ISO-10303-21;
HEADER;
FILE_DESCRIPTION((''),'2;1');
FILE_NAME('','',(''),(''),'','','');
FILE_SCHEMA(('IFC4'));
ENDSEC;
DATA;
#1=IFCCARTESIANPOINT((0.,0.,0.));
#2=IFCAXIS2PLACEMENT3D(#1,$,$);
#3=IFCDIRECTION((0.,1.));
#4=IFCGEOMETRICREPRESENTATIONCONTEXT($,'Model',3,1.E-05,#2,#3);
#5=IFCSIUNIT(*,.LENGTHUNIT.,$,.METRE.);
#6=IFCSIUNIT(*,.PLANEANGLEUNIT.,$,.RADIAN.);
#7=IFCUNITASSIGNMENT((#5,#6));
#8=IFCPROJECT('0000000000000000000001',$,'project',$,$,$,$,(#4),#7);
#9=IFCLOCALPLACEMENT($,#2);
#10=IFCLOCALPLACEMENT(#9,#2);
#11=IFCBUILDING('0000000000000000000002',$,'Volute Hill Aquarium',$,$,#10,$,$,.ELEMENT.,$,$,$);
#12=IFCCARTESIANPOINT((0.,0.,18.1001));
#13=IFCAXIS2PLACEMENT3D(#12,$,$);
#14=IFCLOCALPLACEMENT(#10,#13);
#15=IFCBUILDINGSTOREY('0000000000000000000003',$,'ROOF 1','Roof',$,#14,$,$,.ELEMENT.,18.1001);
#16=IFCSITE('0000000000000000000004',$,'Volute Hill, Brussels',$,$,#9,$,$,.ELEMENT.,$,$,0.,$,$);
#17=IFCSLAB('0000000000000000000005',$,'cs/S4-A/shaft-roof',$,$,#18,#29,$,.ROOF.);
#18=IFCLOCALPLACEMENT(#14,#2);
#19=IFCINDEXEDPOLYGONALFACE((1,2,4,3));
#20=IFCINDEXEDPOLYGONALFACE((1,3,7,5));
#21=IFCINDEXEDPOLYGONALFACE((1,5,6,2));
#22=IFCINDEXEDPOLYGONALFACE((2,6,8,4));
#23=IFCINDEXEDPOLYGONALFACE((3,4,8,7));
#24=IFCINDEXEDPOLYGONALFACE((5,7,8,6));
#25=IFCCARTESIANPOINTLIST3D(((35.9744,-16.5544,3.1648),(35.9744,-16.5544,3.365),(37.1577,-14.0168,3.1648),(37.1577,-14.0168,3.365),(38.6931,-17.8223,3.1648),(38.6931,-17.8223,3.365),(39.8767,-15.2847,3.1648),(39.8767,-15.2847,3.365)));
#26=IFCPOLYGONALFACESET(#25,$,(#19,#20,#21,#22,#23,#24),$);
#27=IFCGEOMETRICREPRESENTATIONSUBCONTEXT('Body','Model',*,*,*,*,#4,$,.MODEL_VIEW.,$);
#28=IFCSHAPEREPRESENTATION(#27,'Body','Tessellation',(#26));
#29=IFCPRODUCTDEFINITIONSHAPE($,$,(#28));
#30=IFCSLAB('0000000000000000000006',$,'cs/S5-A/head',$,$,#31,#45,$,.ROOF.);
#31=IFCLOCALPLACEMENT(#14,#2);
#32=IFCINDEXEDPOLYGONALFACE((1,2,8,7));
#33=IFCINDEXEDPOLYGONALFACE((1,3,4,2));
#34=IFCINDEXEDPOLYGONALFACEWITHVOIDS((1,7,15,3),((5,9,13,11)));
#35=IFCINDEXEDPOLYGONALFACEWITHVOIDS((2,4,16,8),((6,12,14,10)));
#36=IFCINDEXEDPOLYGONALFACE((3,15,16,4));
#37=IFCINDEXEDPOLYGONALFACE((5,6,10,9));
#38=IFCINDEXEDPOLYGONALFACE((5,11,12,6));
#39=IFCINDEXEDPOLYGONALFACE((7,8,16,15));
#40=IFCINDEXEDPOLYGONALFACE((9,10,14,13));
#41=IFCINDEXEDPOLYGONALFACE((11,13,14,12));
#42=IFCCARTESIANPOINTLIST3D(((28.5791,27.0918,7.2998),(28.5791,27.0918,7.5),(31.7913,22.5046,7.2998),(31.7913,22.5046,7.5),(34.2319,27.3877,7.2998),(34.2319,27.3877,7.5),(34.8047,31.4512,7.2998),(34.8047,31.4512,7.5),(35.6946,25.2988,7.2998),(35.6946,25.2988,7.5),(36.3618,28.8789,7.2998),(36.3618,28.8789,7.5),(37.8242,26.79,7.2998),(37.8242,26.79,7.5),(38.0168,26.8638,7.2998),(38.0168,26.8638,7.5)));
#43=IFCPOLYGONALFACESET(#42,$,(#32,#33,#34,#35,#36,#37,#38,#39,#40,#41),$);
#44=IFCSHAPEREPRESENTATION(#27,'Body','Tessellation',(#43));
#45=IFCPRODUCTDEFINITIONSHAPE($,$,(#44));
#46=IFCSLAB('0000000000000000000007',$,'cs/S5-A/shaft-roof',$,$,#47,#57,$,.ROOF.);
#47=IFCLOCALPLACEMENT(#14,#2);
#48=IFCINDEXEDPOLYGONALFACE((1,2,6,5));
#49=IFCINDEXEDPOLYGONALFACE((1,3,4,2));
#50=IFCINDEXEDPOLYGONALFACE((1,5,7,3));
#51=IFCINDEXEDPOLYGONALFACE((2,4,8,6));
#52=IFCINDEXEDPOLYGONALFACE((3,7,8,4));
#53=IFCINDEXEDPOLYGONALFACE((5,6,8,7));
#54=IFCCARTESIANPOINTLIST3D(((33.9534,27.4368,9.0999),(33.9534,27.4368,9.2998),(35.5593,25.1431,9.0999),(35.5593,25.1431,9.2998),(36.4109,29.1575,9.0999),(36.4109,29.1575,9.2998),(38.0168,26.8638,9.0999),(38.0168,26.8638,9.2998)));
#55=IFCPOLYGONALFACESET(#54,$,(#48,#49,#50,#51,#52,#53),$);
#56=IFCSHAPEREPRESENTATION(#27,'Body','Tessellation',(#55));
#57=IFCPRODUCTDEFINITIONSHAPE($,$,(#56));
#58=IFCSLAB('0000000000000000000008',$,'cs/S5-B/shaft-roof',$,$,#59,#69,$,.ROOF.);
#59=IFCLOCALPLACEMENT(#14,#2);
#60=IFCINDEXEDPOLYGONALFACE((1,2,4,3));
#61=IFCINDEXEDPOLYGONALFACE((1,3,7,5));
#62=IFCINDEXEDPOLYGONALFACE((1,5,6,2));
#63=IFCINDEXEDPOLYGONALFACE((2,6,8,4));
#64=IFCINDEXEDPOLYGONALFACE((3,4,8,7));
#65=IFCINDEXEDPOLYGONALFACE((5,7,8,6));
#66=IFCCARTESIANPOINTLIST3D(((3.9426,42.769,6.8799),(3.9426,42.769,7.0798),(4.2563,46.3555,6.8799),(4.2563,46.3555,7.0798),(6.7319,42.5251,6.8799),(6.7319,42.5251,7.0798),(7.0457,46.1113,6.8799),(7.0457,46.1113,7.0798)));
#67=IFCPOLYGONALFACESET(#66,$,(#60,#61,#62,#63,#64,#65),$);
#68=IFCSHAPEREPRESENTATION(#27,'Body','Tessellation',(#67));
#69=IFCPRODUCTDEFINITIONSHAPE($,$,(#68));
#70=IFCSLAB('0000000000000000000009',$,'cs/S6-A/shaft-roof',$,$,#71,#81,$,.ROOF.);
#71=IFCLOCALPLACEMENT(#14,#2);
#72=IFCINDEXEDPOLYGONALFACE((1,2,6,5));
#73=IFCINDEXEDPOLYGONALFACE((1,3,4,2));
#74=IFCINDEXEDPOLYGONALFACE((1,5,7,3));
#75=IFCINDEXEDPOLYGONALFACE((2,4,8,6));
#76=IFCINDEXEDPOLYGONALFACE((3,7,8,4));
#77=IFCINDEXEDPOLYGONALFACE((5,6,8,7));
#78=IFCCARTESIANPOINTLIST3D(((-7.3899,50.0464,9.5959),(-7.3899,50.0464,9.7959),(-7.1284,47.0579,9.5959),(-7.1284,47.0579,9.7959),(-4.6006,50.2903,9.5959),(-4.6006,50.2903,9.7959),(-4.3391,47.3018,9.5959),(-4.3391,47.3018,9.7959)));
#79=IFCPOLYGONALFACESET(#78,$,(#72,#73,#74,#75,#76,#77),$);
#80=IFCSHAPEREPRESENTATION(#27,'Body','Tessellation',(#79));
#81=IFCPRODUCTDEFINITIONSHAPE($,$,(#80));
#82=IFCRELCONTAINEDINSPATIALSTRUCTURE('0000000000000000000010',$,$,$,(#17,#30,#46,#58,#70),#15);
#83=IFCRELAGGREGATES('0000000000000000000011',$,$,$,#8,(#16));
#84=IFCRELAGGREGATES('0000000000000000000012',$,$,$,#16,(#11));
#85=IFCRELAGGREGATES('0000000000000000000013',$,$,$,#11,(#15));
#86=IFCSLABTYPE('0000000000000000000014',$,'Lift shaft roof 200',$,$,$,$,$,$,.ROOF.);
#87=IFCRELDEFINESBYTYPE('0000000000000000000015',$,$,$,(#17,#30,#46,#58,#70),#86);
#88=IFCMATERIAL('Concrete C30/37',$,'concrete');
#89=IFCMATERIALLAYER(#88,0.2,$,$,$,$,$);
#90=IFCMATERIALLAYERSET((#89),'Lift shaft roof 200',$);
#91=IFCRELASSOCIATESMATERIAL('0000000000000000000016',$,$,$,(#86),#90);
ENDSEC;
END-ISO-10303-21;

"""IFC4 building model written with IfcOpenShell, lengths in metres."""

from ifc_helpers import new_model, si_unit, direction, frame, origin, place, context, subcontext, project, spatial, polyline, outline, extrude, material, layer, layer_set, type_object, element, save


model = new_model("IFC4")

# Units and contexts
model_context = context("Model", 3, precision=1e-05, world=origin(), true_north=direction((0.0, 1.0)))
body_context = subcontext(model_context, "Body", "Model", "MODEL_VIEW")
ifc_project = project(units=[si_unit("LENGTHUNIT", "METRE"), si_unit("PLANEANGLEUNIT", "RADIAN")], contexts=[model_context])

# Site, building, storey
site_placement = place(None, origin())
site = spatial("IfcSite", under=ifc_project, at=site_placement, Name="Volute Hill, Brussels", CompositionType="ELEMENT", RefElevation=0.0)
building_placement = place(site_placement, origin())
building = spatial("IfcBuilding", under=site, at=building_placement, Name="Volute Hill Aquarium", CompositionType="ELEMENT")
storey_placement = place(building_placement, frame((0.0, 0.0, 18.1001)))
storey = spatial("IfcBuildingStorey", under=building, at=storey_placement, Name="ROOF 1", Description="Roof", CompositionType="ELEMENT", Elevation=18.1001)

# Slabs
ifc_material_1 = material(Name="Concrete C30/37", Category="concrete")
ifc_layer = layer(ifc_material_1, 0.2)
ifc_layer_set = layer_set([ifc_layer], Name="Lift shaft roof 200")
slab_type = type_object("IfcSlabType", Name="Lift shaft roof 200", PredefinedType="ROOF", material=ifc_layer_set)
slab_1_placement = place(storey_placement, frame((0.0, 0.0, 3.1648)))
element("IfcSlab", 1, at=slab_1_placement, inside=storey, type_object=slab_type, Name="cs/S4-A/shaft-roof", PredefinedType="ROOF", context=body_context, shape_type="SweptSolid", body=[
    extrude(outline(polyline([(35.9744, -16.5544), (38.6931, -17.8223), (39.8767, -15.2847), (37.1577, -14.0168), (35.9744, -16.5544)])), origin(), (0.0, 0.0, 1.0), 0.2002),
])
slab_2_placement = place(storey_placement, frame((0.0, 0.0, 7.2998)))
element("IfcSlab", 2, at=slab_2_placement, inside=storey, type_object=slab_type, Name="cs/S5-A/head", PredefinedType="ROOF", context=body_context, shape_type="SweptSolid", body=[
    extrude(outline(polyline([(31.7913, 22.5046), (38.0168, 26.8638), (34.8047, 31.4512), (28.5791, 27.0918), (31.7913, 22.5046)]), holes=[polyline([(34.2319, 27.3877), (36.3618, 28.8789), (37.8242, 26.79), (35.6946, 25.2988), (34.2319, 27.3877)])]), origin(), (0.0, 0.0, 1.0), 0.2002),
])
slab_3_placement = place(storey_placement, frame((0.0, 0.0, 9.0999)))
element("IfcSlab", 3, at=slab_3_placement, inside=storey, type_object=slab_type, Name="cs/S5-A/shaft-roof", PredefinedType="ROOF", context=body_context, shape_type="SweptSolid", body=[
    extrude(outline(polyline([(35.5593, 25.1431), (38.0168, 26.8638), (36.4109, 29.1575), (33.9534, 27.4368), (35.5593, 25.1431)])), origin(), (0.0, 0.0, 1.0), 0.2),
])
slab_4_placement = place(storey_placement, frame((0.0, 0.0, 6.8799)))
element("IfcSlab", 4, at=slab_4_placement, inside=storey, type_object=slab_type, Name="cs/S5-B/shaft-roof", PredefinedType="ROOF", context=body_context, shape_type="SweptSolid", body=[
    extrude(outline(polyline([(6.7319, 42.5251), (7.0457, 46.1113), (4.2563, 46.3555), (3.9426, 42.769), (6.7319, 42.5251)])), origin(), (0.0, 0.0, 1.0), 0.2),
])
slab_5_placement = place(storey_placement, frame((0.0, 0.0, 9.5959)))
element("IfcSlab", 5, at=slab_5_placement, inside=storey, type_object=slab_type, Name="cs/S6-A/shaft-roof", PredefinedType="ROOF", context=body_context, shape_type="SweptSolid", body=[
    extrude(outline(polyline([(-4.3391, 47.3018), (-4.6006, 50.2903), (-7.3899, 50.0464), (-7.1284, 47.0579), (-4.3391, 47.3018)])), origin(), (0.0, 0.0, 1.0), 0.2),
])

save(model, "model.ifc")
